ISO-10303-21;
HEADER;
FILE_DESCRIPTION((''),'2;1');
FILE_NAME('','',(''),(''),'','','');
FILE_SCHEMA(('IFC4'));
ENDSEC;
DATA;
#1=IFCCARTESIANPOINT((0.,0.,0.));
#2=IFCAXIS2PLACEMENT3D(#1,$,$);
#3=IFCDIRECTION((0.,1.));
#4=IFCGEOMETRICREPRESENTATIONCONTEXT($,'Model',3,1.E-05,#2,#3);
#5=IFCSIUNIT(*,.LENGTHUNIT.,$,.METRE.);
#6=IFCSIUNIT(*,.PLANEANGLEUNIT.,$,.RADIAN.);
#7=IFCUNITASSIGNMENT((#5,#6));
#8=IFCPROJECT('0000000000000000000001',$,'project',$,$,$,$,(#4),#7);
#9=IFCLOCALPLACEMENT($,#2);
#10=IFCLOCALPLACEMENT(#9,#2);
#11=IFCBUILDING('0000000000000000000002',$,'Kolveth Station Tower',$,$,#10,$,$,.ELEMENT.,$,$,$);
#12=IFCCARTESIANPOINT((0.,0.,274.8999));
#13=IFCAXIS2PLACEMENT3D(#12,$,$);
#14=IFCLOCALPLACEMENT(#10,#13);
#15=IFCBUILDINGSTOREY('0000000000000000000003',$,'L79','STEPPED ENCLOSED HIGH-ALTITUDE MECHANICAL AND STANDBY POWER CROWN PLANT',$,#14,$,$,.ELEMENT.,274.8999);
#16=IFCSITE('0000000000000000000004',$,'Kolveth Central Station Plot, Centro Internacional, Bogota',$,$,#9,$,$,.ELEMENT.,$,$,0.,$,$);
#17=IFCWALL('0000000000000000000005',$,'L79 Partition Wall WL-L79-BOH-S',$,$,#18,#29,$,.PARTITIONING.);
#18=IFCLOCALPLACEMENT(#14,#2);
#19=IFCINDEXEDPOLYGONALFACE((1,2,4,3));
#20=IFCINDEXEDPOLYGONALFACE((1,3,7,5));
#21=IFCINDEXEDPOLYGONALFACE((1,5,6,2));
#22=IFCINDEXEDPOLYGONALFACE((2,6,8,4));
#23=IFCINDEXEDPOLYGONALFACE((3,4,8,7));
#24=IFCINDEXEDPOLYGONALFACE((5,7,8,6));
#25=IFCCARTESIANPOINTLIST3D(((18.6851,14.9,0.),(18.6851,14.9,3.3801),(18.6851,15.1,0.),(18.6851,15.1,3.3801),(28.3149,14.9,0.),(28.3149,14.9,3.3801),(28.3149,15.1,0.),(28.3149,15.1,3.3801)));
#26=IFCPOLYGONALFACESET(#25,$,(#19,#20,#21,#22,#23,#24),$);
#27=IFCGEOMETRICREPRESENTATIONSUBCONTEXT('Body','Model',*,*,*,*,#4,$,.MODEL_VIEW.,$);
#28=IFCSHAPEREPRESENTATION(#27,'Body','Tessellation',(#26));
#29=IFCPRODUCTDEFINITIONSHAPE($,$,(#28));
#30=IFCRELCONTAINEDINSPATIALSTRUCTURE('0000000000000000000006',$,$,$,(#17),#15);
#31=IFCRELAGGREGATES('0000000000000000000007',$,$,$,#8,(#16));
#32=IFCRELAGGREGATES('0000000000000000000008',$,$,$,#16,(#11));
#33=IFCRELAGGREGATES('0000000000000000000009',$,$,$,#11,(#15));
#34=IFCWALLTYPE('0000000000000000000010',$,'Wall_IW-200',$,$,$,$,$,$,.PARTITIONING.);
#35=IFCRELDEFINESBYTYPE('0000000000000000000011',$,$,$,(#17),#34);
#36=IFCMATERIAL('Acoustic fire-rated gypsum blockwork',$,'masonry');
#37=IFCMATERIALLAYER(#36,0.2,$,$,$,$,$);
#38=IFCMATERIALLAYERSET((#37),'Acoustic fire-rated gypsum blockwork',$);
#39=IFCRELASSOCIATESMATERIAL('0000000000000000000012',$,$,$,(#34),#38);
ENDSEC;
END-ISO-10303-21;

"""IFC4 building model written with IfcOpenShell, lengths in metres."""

from ifc_helpers import new_model, si_unit, direction, frame, frame_2d, origin, place, context, subcontext, project, spatial, rectangle, extrude, material, layer, layer_set, type_object, element, save


model = new_model("IFC4")

# Units and contexts
model_context = context("Model", 3, precision=1e-05, world=origin(), true_north=direction((0.0, 1.0)))
body_context = subcontext(model_context, "Body", "Model", "MODEL_VIEW")
ifc_project = project(units=[si_unit("LENGTHUNIT", "METRE"), si_unit("PLANEANGLEUNIT", "RADIAN")], contexts=[model_context])

# Site, building, storey
site_placement = place(None, origin())
site = spatial("IfcSite", under=ifc_project, at=site_placement, Name="Kolveth Central Station Plot, Centro Internacional, Bogota", CompositionType="ELEMENT", RefElevation=0.0)
building_placement = place(site_placement, origin())
building = spatial("IfcBuilding", under=site, at=building_placement, Name="Kolveth Station Tower", CompositionType="ELEMENT")
storey_placement = place(building_placement, frame((0.0, 0.0, 274.8999)))
storey = spatial("IfcBuildingStorey", under=building, at=storey_placement, Name="L79", Description="STEPPED ENCLOSED HIGH-ALTITUDE MECHANICAL AND STANDBY POWER CROWN PLANT", CompositionType="ELEMENT", Elevation=274.8999)

# Shared definitions
ifc_material_1 = material(Name="Acoustic fire-rated gypsum blockwork", Category="masonry")
ifc_layer_1 = layer(ifc_material_1, 0.2)
ifc_layer_set_1 = layer_set([ifc_layer_1], Name="Acoustic fire-rated gypsum blockwork")
wall_type_1 = type_object("IfcWallType", Name="Wall_IW-200", PredefinedType="PARTITIONING", material=ifc_layer_set_1)

# Wall
wall_1_placement = place(storey_placement, frame((18.6851, 15.0, 0.0), z_axis=(0.0, 0.0, 1.0), x_axis=(1.0, 0.0, 0.0)))
element("IfcWall", 1, at=wall_1_placement, inside=storey, type_object=wall_type_1, Name="L79 Partition Wall WL-L79-BOH-S", PredefinedType="PARTITIONING", context=body_context, shape_type="SweptSolid", body=[
    extrude(rectangle(XDim=9.6299, YDim=0.2, at=frame_2d((4.8149, 0.0))), origin(), (0.0, 0.0, 1.0), 3.3801),
])

save(model, "model.ifc")
